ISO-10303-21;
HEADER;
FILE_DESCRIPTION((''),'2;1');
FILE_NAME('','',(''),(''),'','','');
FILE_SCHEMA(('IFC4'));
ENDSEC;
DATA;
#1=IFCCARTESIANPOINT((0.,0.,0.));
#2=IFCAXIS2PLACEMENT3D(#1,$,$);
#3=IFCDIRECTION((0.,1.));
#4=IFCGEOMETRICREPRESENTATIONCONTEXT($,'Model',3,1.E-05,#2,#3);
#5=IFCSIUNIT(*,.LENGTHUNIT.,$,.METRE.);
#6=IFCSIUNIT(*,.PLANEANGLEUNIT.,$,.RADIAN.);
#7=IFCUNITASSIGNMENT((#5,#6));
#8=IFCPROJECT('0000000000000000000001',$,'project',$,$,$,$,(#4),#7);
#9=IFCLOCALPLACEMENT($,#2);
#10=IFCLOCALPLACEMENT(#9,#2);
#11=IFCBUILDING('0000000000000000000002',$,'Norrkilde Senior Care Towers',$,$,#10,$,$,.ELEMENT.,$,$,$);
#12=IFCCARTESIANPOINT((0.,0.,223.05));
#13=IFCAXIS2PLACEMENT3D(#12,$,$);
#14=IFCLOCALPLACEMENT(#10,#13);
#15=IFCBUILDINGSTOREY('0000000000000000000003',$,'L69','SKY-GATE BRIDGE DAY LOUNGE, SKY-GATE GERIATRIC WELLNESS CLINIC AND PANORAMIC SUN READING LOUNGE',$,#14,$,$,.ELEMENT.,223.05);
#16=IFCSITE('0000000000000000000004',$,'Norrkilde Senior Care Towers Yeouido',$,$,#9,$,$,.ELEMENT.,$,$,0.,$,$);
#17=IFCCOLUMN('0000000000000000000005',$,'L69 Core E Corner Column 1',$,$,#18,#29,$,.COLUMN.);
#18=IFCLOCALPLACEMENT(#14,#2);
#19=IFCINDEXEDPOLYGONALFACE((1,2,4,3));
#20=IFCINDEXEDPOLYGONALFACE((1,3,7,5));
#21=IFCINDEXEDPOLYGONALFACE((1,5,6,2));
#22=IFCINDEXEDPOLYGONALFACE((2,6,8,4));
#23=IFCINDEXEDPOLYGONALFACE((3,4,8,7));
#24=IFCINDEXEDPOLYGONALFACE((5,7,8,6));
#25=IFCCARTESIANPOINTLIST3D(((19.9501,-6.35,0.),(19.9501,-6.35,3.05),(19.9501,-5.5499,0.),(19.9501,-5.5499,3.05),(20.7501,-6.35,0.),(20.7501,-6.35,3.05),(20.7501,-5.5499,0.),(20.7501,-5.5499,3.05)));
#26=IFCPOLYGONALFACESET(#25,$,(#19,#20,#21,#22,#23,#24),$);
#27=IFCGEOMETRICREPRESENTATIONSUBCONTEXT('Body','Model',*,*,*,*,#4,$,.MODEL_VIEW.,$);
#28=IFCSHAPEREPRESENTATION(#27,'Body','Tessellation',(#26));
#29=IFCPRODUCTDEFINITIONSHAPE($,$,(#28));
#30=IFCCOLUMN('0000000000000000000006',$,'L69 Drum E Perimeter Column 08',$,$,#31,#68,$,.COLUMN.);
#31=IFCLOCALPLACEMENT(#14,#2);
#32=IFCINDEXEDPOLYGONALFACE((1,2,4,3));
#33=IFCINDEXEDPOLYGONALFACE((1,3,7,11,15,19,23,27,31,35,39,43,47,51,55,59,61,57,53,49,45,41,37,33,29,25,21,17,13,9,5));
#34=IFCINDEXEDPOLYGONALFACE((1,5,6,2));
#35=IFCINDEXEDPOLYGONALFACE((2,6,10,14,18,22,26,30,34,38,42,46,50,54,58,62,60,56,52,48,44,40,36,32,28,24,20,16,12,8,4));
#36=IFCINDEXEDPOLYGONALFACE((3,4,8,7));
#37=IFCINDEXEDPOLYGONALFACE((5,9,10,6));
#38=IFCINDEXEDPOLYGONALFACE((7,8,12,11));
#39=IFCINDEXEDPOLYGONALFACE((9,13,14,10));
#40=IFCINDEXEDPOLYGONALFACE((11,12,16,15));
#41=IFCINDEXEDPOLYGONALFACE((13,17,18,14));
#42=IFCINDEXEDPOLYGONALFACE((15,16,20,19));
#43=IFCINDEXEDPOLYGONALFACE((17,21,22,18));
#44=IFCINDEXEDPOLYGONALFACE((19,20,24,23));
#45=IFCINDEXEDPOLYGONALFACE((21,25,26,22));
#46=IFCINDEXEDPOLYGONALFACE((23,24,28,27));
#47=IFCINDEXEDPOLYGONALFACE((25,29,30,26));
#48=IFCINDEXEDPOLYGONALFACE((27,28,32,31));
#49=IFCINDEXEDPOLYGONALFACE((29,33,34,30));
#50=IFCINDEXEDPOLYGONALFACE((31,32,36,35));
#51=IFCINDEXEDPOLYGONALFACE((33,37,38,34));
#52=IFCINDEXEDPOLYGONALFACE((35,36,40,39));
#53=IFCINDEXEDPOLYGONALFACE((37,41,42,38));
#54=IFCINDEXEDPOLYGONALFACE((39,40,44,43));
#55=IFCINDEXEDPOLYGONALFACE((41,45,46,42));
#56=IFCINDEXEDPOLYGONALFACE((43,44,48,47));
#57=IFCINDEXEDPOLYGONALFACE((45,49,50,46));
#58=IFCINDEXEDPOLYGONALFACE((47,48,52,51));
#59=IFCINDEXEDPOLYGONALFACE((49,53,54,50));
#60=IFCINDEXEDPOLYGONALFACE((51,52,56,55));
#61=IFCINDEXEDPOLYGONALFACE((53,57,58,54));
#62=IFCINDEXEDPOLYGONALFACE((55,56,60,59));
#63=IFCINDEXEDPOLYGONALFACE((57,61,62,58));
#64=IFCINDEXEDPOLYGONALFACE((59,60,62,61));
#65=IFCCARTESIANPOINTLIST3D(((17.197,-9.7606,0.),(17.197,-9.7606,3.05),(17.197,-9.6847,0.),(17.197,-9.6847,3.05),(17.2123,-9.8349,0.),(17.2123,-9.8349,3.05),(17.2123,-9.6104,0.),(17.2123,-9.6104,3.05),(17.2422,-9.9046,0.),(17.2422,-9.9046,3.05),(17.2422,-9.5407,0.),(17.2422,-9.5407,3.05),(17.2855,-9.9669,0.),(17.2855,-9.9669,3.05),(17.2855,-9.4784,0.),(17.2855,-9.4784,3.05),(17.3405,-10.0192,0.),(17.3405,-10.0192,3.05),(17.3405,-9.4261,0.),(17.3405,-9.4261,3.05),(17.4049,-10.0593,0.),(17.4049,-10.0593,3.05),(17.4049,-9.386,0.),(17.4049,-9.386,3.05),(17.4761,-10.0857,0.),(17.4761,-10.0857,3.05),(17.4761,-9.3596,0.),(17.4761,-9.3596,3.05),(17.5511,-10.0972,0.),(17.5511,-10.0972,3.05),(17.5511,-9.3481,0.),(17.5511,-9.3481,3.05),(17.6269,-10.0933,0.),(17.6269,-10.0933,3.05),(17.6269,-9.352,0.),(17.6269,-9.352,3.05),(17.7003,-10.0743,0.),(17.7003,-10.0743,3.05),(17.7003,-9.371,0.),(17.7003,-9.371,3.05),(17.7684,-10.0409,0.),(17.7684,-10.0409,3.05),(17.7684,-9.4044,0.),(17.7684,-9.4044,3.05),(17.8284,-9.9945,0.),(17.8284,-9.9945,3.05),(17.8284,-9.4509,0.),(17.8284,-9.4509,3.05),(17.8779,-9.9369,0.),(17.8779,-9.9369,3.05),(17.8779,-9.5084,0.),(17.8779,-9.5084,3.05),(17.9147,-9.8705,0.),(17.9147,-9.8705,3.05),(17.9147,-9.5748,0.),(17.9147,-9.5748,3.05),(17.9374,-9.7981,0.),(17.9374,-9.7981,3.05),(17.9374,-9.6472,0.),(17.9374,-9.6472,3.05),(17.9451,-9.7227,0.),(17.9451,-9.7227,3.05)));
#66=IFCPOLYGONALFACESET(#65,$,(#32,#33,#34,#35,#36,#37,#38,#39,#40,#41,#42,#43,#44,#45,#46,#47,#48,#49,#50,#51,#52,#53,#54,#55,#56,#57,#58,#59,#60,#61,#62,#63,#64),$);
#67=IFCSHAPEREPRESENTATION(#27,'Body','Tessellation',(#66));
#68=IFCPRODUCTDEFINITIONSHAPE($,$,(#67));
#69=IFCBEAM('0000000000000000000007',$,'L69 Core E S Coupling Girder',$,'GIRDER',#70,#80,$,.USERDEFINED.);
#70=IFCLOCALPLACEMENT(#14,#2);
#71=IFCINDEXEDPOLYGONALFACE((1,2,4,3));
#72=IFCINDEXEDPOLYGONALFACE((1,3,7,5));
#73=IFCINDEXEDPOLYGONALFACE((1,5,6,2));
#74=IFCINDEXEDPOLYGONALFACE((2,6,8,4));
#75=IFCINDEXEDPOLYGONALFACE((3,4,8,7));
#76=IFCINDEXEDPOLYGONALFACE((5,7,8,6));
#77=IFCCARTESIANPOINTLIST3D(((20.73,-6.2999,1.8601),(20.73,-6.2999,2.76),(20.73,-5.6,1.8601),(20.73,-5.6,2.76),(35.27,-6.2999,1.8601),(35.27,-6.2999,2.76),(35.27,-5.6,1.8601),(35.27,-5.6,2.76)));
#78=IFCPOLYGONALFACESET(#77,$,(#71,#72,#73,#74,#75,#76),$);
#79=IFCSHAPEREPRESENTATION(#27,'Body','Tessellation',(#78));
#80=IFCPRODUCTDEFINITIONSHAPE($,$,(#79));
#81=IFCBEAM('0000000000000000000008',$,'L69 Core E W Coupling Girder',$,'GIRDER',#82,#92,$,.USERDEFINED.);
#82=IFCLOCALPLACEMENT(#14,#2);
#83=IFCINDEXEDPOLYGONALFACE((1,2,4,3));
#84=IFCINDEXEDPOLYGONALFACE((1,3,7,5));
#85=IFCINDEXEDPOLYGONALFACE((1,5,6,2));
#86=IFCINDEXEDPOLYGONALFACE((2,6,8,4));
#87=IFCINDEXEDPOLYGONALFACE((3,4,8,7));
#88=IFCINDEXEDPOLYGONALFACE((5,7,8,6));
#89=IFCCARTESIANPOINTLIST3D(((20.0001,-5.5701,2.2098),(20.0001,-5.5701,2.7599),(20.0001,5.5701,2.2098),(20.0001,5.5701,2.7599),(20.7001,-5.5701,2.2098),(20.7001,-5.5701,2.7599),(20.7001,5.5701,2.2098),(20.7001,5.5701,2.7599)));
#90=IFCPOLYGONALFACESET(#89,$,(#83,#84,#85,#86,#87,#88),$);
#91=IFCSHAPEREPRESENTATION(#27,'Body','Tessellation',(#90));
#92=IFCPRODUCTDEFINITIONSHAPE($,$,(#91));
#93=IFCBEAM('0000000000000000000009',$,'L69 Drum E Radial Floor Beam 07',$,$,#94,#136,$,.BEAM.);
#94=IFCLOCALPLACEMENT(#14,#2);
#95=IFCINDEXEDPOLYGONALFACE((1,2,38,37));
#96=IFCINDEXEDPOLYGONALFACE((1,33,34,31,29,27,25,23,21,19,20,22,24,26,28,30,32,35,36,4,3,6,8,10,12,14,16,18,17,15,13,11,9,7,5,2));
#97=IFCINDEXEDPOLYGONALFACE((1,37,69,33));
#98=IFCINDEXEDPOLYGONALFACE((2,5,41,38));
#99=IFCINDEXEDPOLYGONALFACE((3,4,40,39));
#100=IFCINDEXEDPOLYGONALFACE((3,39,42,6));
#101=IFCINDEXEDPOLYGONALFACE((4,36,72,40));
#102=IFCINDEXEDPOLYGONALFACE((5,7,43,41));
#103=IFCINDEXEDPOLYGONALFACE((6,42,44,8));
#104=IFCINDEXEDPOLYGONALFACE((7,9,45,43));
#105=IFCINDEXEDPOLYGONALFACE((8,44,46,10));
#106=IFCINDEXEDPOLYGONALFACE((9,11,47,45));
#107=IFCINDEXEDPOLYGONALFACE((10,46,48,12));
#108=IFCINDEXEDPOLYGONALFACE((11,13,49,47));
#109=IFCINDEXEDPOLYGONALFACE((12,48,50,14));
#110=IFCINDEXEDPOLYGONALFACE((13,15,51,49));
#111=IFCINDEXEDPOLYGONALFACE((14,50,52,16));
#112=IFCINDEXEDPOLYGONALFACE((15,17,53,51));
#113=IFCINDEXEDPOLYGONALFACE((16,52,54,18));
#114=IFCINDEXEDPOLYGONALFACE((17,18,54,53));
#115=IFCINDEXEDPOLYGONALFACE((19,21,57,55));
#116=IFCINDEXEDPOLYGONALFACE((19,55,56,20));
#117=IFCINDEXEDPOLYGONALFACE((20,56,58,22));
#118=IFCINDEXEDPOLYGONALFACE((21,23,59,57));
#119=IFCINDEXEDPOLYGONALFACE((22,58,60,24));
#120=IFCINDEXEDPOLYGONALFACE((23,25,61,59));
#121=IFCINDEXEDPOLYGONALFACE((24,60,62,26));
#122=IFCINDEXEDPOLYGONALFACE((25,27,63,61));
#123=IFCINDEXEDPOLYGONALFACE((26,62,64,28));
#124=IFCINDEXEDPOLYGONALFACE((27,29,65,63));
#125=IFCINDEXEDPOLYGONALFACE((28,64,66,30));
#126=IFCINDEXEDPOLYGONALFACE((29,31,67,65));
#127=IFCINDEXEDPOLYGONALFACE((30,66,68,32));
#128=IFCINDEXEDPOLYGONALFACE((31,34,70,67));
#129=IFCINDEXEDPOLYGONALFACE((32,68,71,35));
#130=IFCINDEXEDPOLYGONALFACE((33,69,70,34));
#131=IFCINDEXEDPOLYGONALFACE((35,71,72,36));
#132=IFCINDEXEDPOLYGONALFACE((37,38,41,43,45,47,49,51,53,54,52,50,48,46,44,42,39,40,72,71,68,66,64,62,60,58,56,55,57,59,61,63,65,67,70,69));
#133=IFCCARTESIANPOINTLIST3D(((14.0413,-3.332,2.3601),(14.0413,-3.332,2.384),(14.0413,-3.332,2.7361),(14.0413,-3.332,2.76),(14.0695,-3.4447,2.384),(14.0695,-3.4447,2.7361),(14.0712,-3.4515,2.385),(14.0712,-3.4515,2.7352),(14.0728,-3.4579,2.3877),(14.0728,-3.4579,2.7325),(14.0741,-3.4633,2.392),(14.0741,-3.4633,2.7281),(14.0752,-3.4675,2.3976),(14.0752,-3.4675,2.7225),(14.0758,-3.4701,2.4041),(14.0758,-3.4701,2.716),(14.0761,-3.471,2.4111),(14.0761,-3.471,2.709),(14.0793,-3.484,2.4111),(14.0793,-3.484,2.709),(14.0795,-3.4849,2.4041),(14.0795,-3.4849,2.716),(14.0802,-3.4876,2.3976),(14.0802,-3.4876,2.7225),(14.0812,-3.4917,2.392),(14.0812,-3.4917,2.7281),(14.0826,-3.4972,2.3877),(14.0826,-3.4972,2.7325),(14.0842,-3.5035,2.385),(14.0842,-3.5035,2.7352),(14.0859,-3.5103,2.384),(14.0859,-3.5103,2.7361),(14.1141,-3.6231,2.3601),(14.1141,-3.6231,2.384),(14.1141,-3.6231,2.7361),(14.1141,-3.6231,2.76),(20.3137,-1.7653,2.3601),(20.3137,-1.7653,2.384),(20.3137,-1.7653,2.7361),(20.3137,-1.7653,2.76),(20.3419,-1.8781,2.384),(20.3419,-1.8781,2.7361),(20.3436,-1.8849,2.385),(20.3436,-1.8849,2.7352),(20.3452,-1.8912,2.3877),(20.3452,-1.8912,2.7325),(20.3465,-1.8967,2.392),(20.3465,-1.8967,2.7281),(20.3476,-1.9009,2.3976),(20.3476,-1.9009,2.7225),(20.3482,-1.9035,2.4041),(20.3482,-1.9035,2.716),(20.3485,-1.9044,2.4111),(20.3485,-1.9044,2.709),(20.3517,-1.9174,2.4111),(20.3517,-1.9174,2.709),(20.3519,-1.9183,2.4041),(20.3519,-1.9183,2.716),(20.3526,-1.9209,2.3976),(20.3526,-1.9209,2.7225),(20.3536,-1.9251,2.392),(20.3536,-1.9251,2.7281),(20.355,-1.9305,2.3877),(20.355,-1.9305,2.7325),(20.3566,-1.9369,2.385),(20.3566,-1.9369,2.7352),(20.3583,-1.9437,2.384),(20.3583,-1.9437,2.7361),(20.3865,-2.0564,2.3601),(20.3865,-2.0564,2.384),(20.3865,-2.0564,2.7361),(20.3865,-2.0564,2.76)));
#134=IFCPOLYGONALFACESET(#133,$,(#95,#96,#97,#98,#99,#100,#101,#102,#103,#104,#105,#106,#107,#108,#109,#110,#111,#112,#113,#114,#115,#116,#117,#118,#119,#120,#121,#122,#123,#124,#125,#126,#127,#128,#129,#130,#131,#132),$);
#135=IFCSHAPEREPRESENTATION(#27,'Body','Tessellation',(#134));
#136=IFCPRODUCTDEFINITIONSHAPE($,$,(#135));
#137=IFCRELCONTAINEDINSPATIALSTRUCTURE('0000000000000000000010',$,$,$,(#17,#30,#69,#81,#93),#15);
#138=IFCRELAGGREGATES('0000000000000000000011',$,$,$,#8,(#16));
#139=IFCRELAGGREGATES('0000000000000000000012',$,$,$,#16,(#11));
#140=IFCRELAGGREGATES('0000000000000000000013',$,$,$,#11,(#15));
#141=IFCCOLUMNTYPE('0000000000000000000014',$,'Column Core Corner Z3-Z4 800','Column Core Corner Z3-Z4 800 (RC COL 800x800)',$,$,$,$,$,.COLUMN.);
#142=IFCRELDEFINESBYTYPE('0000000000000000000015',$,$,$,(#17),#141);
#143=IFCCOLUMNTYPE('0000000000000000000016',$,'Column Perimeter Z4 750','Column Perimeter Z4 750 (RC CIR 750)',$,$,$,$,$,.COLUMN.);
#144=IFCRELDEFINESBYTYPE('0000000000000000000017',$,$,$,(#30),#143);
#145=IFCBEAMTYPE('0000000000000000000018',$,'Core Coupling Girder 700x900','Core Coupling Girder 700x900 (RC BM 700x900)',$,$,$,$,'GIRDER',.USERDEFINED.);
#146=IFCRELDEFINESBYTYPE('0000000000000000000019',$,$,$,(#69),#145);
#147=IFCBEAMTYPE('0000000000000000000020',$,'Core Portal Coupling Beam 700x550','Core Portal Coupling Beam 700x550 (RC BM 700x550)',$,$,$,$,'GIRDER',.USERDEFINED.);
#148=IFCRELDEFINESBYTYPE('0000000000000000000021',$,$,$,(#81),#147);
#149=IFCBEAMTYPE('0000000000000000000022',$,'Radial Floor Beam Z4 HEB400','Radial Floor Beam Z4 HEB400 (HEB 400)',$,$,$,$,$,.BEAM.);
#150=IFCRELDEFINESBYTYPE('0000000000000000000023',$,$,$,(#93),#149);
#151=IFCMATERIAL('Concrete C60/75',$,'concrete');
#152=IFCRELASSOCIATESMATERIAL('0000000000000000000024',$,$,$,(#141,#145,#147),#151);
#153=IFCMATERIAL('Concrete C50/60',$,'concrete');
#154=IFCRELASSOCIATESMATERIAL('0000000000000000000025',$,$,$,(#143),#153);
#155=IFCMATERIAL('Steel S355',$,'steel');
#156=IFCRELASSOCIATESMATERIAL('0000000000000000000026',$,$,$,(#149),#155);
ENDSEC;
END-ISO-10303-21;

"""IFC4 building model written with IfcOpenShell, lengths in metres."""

from ifc_helpers import new_model, si_unit, direction, frame, origin, origin_2d, place, context, subcontext, project, spatial, rectangle, circle, i_section, extrude, source, transform, mapped, material, material_profile, profile_set, type_object, type_shapes, element, save


model = new_model("IFC4")

# Units and contexts
model_context = context("Model", 3, precision=1e-05, world=origin(), true_north=direction((0.0, 1.0)))
body_context = subcontext(model_context, "Body", "Model", "MODEL_VIEW")
ifc_project = project(units=[si_unit("LENGTHUNIT", "METRE"), si_unit("PLANEANGLEUNIT", "RADIAN")], contexts=[model_context])

# Site, building, storey
site_placement = place(None, origin())
site = spatial("IfcSite", under=ifc_project, at=site_placement, Name="Norrkilde Senior Care Towers Yeouido", CompositionType="ELEMENT", RefElevation=0.0)
building_placement = place(site_placement, origin())
building = spatial("IfcBuilding", under=site, at=building_placement, Name="Norrkilde Senior Care Towers", CompositionType="ELEMENT")
storey_placement = place(building_placement, frame((0.0, 0.0, 223.05)))
storey = spatial("IfcBuildingStorey", under=building, at=storey_placement, Name="L69", Description="SKY-GATE BRIDGE DAY LOUNGE, SKY-GATE GERIATRIC WELLNESS CLINIC AND PANORAMIC SUN READING LOUNGE", CompositionType="ELEMENT", Elevation=223.05)

# Columns
ifc_material_1 = material(Name="Concrete C60/75", Category="concrete")
ifc_material_profile_1 = material_profile(ifc_material_1, rectangle(XDim=0.8, YDim=0.8, at=origin_2d()), Name="RC COL 800x800")
ifc_profile_set_1 = profile_set([ifc_material_profile_1], Name="Concrete C60/75")
column_type_1 = type_object("IfcColumnType", Name="Column Core Corner Z3-Z4 800", Description="Column Core Corner Z3-Z4 800 (RC COL 800x800)", PredefinedType="COLUMN", material=ifc_profile_set_1)
shared_shape_1 = source(origin(), body_context, "Body", "SweptSolid", [
    extrude(rectangle(XDim=0.8, YDim=0.8, at=origin_2d()), origin(), (0.0, 0.0, 1.0), 3.05),
])
type_shapes(column_type_1, [shared_shape_1])
column_1_placement = place(storey_placement, frame((20.3501, -5.95, 0.0), z_axis=(0.0, 0.0, 1.0), x_axis=(1.0, 0.0, 0.0)))
element("IfcColumn", 1, at=column_1_placement, inside=storey, type_object=column_type_1, Name="L69 Core E Corner Column 1", PredefinedType="COLUMN", context=body_context, shape_type="MappedRepresentation", body=[
    mapped(shared_shape_1, transform((0.0, 0.0, 0.0), x_axis=(1.0, 0.0, 0.0), y_axis=(0.0, 1.0, 0.0), z_axis=(0.0, 0.0, 1.0), scale=1.0)),
])
ifc_material_2 = material(Name="Concrete C50/60", Category="concrete")
ifc_material_profile_2 = material_profile(ifc_material_2, circle(Radius=0.375, at=origin_2d()), Name="RC CIR 750")
ifc_profile_set_2 = profile_set([ifc_material_profile_2], Name="Concrete C50/60")
column_type_2 = type_object("IfcColumnType", Name="Column Perimeter Z4 750", Description="Column Perimeter Z4 750 (RC CIR 750)", PredefinedType="COLUMN", material=ifc_profile_set_2)
shared_shape_2 = source(origin(), body_context, "Body", "SweptSolid", [
    extrude(circle(Radius=0.375, at=origin_2d()), origin(), (0.0, 0.0, 1.0), 3.05),
])
type_shapes(column_type_2, [shared_shape_2])
column_2_placement = place(storey_placement, frame((17.5701, -9.7227, 0.0), z_axis=(0.0, 0.0, 1.0), x_axis=(1.0, 0.0, 0.0)))
element("IfcColumn", 2, at=column_2_placement, inside=storey, type_object=column_type_2, Name="L69 Drum E Perimeter Column 08", PredefinedType="COLUMN", context=body_context, shape_type="MappedRepresentation", body=[
    mapped(shared_shape_2, transform((0.0, 0.0, 0.0), x_axis=(1.0, 0.0, 0.0), y_axis=(0.0, 1.0, 0.0), z_axis=(0.0, 0.0, 1.0), scale=1.0)),
])

# Beams
ifc_material_profile_3 = material_profile(ifc_material_1, rectangle(XDim=0.7, YDim=0.8999, at=origin_2d()), Name="RC BM 700x900")
ifc_profile_set_3 = profile_set([ifc_material_profile_3], Name="Concrete C60/75")
beam_type_1 = type_object("IfcBeamType", Name="Core Coupling Girder 700x900", Description="Core Coupling Girder 700x900 (RC BM 700x900)", ElementType="GIRDER", PredefinedType="USERDEFINED", material=ifc_profile_set_3)
shared_shape_3 = source(origin(), body_context, "Body", "SweptSolid", [
    extrude(rectangle(XDim=0.7, YDim=0.8999, at=origin_2d()), origin(), (0.0, 0.0, 1.0), 14.54),
])
type_shapes(beam_type_1, [shared_shape_3])
beam_1_placement = place(storey_placement, frame((20.73, -5.95, 2.3101), z_axis=(1.0, 0.0, 0.0), x_axis=(0.0, 1.0, 0.0)))
element("IfcBeam", 3, at=beam_1_placement, inside=storey, type_object=beam_type_1, Name="L69 Core E S Coupling Girder", ObjectType="GIRDER", PredefinedType="USERDEFINED", context=body_context, shape_type="MappedRepresentation", body=[
    mapped(shared_shape_3, transform((0.0, 0.0, 0.0), x_axis=(1.0, 0.0, 0.0), y_axis=(0.0, 1.0, 0.0), z_axis=(0.0, 0.0, 1.0), scale=1.0)),
])
ifc_material_profile_4 = material_profile(ifc_material_1, rectangle(XDim=0.7, YDim=0.55, at=origin_2d()), Name="RC BM 700x550")
ifc_profile_set_4 = profile_set([ifc_material_profile_4], Name="Concrete C60/75")
beam_type_2 = type_object("IfcBeamType", Name="Core Portal Coupling Beam 700x550", Description="Core Portal Coupling Beam 700x550 (RC BM 700x550)", ElementType="GIRDER", PredefinedType="USERDEFINED", material=ifc_profile_set_4)
shared_shape_4 = source(origin(), body_context, "Body", "SweptSolid", [
    extrude(rectangle(XDim=0.7, YDim=0.55, at=origin_2d()), origin(), (0.0, 0.0, 1.0), 11.1401),
])
type_shapes(beam_type_2, [shared_shape_4])
beam_2_placement = place(storey_placement, frame((20.3501, -5.5701, 2.4849), z_axis=(0.0, 1.0, 0.0), x_axis=(-1.0, 0.0, 0.0)))
element("IfcBeam", 4, at=beam_2_placement, inside=storey, type_object=beam_type_2, Name="L69 Core E W Coupling Girder", ObjectType="GIRDER", PredefinedType="USERDEFINED", context=body_context, shape_type="MappedRepresentation", body=[
    mapped(shared_shape_4, transform((0.0, 0.0, 0.0), x_axis=(1.0, 0.0, 0.0), y_axis=(0.0, 1.0, 0.0), z_axis=(0.0, 0.0, 1.0), scale=1.0)),
])
ifc_material_3 = material(Name="Steel S355", Category="steel")
ifc_material_profile_5 = material_profile(ifc_material_3, i_section(OverallWidth=0.3, OverallDepth=0.3999, WebThickness=0.0134, FlangeThickness=0.0239, FilletRadius=0.0271, at=origin_2d()), Name="HEB 400")
ifc_profile_set_5 = profile_set([ifc_material_profile_5], Name="Steel S355")
beam_type_3 = type_object("IfcBeamType", Name="Radial Floor Beam Z4 HEB400", Description="Radial Floor Beam Z4 HEB400 (HEB 400)", PredefinedType="BEAM", material=ifc_profile_set_5)
shared_shape_5 = source(origin(), body_context, "Body", "SweptSolid", [
    extrude(i_section(OverallWidth=0.3, OverallDepth=0.3999, WebThickness=0.0134, FlangeThickness=0.0239, FilletRadius=0.0271, at=origin_2d()), origin(), (0.0, 0.0, 1.0), 6.4651),
])
beam_3_placement = place(storey_placement, frame((20.3501, -1.9109, 2.5601), z_axis=(-0.970196, -0.242322, 0.0), x_axis=(0.242322, -0.970196, 0.0)))
element("IfcBeam", 5, at=beam_3_placement, inside=storey, type_object=beam_type_3, Name="L69 Drum E Radial Floor Beam 07", PredefinedType="BEAM", context=body_context, shape_type="MappedRepresentation", body=[
    mapped(shared_shape_5, transform((0.0, 0.0, 0.0), x_axis=(1.0, 0.0, 0.0), y_axis=(0.0, 1.0, 0.0), z_axis=(0.0, 0.0, 1.0), scale=1.0)),
])

save(model, "model.ifc")
